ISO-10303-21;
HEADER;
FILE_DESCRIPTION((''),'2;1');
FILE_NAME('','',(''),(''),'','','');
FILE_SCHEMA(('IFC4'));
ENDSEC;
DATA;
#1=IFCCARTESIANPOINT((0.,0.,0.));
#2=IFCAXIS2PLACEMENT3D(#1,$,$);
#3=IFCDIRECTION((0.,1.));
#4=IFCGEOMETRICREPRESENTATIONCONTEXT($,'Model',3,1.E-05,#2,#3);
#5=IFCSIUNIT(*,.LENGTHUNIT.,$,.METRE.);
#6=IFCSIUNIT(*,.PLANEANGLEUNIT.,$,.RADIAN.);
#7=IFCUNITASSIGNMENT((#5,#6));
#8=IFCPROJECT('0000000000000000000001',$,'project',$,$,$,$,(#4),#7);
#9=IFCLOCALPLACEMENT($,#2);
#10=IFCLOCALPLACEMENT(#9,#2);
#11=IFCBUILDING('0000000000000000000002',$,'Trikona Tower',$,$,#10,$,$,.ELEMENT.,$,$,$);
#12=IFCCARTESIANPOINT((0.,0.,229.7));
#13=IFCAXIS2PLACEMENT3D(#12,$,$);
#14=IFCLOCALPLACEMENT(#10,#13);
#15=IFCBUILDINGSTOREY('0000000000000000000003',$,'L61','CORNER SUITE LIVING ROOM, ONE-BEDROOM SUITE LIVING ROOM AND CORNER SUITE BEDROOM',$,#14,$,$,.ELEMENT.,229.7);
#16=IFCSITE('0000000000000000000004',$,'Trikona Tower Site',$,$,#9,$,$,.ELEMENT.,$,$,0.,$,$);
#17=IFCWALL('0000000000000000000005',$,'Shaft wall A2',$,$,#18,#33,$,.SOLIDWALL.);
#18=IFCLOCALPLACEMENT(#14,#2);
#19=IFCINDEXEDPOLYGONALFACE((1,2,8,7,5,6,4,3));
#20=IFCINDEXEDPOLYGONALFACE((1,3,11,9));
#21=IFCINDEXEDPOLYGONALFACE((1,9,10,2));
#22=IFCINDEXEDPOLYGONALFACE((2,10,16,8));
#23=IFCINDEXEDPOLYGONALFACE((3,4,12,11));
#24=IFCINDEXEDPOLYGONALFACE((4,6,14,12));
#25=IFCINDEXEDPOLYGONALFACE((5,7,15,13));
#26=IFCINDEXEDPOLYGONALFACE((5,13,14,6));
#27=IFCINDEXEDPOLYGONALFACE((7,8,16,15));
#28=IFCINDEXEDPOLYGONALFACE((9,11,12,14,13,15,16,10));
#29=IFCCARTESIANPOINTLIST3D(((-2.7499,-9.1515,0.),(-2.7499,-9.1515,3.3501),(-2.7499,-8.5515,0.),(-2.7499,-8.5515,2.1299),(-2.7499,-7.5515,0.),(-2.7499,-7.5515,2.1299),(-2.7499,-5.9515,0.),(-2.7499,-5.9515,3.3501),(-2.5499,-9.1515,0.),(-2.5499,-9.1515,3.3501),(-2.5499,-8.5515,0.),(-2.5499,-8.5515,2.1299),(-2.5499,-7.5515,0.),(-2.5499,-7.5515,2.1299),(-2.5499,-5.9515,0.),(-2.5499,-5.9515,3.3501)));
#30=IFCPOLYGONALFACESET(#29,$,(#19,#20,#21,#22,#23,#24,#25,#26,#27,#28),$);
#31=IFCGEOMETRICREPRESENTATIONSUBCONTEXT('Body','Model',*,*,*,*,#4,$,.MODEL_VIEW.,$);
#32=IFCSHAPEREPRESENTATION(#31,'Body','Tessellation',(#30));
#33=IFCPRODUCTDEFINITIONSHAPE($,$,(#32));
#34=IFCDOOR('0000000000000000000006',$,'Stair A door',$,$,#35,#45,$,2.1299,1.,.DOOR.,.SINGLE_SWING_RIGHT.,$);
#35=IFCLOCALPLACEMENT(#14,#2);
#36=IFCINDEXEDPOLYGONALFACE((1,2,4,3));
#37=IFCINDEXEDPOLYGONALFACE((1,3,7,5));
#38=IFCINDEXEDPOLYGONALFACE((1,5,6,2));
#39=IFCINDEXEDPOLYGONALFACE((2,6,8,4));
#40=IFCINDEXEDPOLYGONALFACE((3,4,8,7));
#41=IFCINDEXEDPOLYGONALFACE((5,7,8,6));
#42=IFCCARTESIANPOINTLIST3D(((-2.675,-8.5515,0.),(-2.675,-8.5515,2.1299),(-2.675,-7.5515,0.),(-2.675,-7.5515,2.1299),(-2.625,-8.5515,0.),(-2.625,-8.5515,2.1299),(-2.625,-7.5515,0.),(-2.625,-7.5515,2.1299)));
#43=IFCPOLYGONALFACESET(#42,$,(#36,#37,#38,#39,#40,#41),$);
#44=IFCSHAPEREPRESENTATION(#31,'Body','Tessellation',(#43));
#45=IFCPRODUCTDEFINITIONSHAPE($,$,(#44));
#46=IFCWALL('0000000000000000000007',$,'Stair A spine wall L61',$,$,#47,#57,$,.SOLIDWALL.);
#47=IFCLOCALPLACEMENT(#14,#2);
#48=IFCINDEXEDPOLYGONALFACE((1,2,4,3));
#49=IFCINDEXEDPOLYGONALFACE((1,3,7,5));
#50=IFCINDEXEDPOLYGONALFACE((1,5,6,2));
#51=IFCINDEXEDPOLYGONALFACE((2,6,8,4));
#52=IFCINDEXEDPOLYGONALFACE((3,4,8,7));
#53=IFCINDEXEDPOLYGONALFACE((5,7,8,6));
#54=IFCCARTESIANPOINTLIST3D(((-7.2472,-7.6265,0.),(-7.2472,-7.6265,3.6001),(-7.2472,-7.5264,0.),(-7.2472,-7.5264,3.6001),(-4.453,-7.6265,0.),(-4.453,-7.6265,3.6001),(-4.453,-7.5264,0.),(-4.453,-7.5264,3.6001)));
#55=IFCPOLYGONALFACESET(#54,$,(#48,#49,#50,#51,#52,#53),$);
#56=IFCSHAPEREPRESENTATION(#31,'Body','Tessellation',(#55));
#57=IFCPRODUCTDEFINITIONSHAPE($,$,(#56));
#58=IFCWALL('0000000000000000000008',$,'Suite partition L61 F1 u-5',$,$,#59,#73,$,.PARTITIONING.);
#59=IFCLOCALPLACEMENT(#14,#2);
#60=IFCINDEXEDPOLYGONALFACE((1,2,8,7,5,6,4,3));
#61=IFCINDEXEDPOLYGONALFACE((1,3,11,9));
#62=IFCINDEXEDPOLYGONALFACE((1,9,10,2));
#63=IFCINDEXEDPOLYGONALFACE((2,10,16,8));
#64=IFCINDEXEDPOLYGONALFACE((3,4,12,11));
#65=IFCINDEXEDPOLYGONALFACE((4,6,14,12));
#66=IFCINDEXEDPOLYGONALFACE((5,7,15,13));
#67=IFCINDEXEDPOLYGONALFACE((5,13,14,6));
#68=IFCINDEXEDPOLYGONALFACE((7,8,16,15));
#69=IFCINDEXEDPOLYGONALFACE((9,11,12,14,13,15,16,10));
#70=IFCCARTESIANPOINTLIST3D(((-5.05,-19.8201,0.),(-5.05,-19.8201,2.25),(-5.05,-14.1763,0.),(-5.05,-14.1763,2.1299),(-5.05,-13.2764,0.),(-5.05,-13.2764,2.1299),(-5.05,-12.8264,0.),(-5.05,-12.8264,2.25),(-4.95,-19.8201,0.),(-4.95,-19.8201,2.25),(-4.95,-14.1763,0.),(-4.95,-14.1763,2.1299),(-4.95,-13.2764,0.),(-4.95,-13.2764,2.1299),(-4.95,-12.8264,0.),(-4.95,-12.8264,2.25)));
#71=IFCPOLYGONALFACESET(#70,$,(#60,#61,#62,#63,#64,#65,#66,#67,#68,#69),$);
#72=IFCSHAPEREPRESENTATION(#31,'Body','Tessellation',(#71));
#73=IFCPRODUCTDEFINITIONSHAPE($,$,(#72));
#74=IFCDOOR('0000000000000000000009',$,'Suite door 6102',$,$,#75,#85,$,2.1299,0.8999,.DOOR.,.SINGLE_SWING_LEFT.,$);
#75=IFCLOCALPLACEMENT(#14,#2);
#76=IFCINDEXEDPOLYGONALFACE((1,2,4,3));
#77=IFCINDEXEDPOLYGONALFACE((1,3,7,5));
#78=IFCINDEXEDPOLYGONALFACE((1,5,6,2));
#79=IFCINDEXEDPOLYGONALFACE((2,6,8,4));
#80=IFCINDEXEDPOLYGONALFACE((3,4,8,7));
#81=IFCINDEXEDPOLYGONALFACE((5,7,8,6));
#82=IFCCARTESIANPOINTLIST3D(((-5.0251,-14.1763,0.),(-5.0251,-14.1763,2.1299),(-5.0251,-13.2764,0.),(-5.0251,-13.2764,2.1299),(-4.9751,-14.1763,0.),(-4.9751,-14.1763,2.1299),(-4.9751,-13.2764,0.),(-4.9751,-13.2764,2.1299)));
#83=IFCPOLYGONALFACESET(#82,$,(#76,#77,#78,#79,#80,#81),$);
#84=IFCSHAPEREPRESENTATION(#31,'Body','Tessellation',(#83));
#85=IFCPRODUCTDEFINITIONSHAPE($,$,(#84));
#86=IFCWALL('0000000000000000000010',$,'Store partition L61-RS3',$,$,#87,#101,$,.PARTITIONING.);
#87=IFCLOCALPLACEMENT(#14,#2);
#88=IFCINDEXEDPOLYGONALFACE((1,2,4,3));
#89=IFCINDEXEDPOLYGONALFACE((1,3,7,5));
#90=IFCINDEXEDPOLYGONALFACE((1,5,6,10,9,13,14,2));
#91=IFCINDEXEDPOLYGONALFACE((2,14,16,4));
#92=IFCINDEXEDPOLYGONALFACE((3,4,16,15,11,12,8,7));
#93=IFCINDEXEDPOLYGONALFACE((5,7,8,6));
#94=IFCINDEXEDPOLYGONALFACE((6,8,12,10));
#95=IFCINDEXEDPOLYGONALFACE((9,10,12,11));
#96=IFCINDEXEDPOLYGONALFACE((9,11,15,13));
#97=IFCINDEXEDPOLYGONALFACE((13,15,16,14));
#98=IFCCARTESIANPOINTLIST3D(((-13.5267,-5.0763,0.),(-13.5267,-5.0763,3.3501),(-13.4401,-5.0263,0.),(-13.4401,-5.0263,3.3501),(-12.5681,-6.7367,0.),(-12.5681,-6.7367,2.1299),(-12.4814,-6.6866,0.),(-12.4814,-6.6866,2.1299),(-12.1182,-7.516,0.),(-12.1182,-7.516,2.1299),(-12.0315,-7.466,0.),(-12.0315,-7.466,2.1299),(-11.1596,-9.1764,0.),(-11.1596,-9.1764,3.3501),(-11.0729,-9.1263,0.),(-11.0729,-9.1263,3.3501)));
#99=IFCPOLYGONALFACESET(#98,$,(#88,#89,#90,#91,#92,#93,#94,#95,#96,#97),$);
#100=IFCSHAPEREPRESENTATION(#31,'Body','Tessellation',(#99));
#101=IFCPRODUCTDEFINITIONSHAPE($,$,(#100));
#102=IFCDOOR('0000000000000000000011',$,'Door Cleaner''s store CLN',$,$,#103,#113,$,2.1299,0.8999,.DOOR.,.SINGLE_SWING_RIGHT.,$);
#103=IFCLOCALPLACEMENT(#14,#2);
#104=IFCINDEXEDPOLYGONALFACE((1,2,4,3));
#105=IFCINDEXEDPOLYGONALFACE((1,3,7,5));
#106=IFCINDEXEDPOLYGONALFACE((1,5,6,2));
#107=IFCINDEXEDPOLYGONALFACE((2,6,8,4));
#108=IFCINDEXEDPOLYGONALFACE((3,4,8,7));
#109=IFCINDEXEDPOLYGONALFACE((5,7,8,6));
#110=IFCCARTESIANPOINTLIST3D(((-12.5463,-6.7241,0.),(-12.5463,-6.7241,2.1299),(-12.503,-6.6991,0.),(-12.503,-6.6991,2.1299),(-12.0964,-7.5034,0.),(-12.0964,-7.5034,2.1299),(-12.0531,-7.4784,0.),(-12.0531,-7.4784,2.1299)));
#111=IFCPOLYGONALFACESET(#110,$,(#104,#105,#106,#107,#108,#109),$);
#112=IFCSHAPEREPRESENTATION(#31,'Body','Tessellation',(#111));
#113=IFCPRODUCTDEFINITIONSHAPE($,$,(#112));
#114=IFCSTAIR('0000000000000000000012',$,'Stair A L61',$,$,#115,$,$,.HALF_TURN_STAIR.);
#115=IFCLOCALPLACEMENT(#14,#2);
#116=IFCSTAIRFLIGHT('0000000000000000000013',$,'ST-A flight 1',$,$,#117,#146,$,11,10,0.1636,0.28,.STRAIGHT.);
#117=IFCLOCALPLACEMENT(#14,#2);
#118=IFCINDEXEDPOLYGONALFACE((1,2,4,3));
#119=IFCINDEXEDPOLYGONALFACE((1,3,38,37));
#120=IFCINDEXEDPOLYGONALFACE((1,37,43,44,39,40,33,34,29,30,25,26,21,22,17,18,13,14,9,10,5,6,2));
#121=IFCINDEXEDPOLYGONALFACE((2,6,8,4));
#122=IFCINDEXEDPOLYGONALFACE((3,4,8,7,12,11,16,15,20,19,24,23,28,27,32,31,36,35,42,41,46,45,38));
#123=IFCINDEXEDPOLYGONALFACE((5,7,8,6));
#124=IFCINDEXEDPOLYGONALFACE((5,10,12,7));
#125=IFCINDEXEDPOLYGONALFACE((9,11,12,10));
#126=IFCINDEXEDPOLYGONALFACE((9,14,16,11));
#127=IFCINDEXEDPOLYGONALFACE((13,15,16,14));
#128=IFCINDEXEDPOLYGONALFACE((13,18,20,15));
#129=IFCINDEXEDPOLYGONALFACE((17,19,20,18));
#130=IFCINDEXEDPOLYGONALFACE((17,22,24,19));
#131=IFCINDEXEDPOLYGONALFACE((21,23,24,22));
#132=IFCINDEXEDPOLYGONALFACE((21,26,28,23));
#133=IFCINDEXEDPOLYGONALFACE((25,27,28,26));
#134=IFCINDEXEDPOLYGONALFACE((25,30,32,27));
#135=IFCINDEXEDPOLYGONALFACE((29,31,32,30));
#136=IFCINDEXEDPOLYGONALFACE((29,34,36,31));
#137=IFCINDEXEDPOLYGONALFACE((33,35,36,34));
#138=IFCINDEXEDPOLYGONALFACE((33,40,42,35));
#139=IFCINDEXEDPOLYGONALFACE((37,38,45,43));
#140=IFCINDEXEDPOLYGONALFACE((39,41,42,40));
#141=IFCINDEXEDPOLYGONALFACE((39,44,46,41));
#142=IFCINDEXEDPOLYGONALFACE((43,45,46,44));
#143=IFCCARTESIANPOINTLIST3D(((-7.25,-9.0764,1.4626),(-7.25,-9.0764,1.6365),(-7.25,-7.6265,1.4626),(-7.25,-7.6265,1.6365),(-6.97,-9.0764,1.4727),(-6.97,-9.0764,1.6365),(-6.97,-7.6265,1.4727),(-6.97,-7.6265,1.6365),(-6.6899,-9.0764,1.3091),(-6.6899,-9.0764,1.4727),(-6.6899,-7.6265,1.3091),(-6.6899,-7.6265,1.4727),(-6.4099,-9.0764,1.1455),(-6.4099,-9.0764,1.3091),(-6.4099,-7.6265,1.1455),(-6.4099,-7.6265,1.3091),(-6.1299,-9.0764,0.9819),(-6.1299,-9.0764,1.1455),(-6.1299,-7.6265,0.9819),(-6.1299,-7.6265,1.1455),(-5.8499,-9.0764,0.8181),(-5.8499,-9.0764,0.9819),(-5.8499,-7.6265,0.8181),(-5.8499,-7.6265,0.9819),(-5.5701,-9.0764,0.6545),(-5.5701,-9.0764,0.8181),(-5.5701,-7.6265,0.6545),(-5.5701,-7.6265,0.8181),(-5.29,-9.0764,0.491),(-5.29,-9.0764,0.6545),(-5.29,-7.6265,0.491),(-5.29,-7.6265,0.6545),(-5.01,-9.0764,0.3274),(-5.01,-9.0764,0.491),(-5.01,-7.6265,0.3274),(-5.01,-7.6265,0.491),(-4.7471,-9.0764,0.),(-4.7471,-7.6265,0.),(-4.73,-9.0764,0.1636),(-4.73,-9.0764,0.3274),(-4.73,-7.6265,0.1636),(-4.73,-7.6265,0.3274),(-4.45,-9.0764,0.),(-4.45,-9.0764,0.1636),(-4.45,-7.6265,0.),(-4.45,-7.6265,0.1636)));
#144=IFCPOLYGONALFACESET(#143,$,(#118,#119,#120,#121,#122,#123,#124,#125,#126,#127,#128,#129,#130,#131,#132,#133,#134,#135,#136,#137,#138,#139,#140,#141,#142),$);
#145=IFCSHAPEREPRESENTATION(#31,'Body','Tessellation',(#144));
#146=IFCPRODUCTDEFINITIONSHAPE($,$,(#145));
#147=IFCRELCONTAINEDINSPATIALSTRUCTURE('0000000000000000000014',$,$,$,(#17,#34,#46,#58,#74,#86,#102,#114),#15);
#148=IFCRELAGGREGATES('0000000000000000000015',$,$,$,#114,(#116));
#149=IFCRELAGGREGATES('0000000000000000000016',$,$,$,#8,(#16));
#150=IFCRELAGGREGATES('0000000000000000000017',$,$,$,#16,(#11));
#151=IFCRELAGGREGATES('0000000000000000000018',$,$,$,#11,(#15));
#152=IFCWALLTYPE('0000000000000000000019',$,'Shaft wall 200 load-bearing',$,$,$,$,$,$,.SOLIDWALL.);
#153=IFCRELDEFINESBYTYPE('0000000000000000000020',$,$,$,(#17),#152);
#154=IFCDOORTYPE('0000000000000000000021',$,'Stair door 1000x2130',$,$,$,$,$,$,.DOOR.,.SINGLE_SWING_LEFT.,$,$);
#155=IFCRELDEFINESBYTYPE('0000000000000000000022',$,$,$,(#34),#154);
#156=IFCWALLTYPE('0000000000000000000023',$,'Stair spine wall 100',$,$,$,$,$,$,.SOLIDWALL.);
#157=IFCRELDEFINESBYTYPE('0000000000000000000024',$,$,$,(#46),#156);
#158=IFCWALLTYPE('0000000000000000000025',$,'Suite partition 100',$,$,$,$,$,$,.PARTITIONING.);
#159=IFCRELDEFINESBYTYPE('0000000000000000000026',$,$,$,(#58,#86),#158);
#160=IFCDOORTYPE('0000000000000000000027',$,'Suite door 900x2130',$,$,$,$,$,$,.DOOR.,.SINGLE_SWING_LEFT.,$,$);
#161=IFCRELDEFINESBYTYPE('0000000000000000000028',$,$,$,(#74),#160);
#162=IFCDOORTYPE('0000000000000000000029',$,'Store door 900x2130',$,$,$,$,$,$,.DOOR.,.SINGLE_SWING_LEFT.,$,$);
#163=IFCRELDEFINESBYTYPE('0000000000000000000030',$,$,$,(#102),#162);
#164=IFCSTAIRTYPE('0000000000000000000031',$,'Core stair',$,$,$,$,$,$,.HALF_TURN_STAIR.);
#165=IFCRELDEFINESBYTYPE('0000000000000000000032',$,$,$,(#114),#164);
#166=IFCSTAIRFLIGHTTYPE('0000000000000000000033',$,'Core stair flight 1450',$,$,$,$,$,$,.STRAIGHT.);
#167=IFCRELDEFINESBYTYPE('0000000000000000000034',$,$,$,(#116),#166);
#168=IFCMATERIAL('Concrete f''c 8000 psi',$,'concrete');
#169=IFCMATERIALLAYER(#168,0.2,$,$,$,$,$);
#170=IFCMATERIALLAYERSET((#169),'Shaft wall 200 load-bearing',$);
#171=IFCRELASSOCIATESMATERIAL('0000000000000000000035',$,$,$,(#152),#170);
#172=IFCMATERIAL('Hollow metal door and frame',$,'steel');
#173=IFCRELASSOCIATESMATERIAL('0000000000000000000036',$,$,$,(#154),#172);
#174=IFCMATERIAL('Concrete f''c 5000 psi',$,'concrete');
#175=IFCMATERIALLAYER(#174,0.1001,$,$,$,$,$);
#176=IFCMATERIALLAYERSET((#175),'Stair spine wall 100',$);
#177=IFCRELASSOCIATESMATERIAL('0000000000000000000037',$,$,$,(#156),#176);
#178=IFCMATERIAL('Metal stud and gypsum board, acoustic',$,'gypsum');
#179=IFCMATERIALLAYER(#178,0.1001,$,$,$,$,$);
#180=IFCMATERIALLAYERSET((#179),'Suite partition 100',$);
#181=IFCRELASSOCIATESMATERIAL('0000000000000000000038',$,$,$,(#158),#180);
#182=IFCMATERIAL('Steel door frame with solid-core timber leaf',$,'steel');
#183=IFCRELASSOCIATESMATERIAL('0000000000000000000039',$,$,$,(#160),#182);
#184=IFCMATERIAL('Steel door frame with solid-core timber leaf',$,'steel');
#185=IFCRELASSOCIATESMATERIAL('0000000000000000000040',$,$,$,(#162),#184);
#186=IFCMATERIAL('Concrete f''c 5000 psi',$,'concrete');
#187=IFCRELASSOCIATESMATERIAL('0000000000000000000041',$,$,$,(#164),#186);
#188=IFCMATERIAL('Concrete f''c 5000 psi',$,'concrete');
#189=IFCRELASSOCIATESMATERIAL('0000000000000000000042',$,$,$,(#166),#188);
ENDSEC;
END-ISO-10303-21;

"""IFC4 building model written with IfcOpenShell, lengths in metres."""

from ifc_helpers import new_model, si_unit, direction, frame, frame_2d, origin, place, context, subcontext, project, spatial, polyline, rectangle, outline, extrude, material, layer, layer_set, type_object, element, fill, aggregate, save


model = new_model("IFC4")

# Units and contexts
model_context = context("Model", 3, precision=1e-05, world=origin(), true_north=direction((0.0, 1.0)))
body_context = subcontext(model_context, "Body", "Model", "MODEL_VIEW")
ifc_project = project(units=[si_unit("LENGTHUNIT", "METRE"), si_unit("PLANEANGLEUNIT", "RADIAN")], contexts=[model_context])

# Site, building, storey
site_placement = place(None, origin())
site = spatial("IfcSite", under=ifc_project, at=site_placement, Name="Trikona Tower Site", CompositionType="ELEMENT", RefElevation=0.0)
building_placement = place(site_placement, origin())
building = spatial("IfcBuilding", under=site, at=building_placement, Name="Trikona Tower", CompositionType="ELEMENT")
storey_placement = place(building_placement, frame((0.0, 0.0, 229.7)))
storey = spatial("IfcBuildingStorey", under=building, at=storey_placement, Name="L61", Description="CORNER SUITE LIVING ROOM, ONE-BEDROOM SUITE LIVING ROOM AND CORNER SUITE BEDROOM", CompositionType="ELEMENT", Elevation=229.7)

# Shared definitions
ifc_material_1 = material(Name="Concrete f'c 8000 psi", Category="concrete")
ifc_layer_1 = layer(ifc_material_1, 0.2)
ifc_layer_set_1 = layer_set([ifc_layer_1], Name="Shaft wall 200 load-bearing")
wall_type_1 = type_object("IfcWallType", Name="Shaft wall 200 load-bearing", PredefinedType="SOLIDWALL", material=ifc_layer_set_1)

# Wall, opening, door
wall_1_placement = place(storey_placement, frame((-2.6499, -5.9514, 0.0), z_axis=(0.0, 0.0, 1.0), x_axis=(0.0, -1.0, 0.0)))
wall_1 = element("IfcWall", 1, at=wall_1_placement, inside=storey, type_object=wall_type_1, Name="Shaft wall A2", PredefinedType="SOLIDWALL", context=body_context, shape_type="SweptSolid", body=[
    extrude(rectangle(XDim=3.2, YDim=0.2, at=frame_2d((1.6001, 0.0))), origin(), (0.0, 0.0, 1.0), 3.3501),
])
opening_1_placement = place(wall_1_placement, frame((1.6001, 0.0, 0.0)))
opening_1 = element("IfcOpeningElement", 2, at=opening_1_placement, cuts=wall_1, PredefinedType="OPENING", context=body_context, shape_type="SweptSolid", body=[
    extrude(rectangle(XDim=1.0, YDim=2.1299, at=frame_2d((0.5, 1.0649))), frame((0.0, 0.1099, 0.0), z_axis=(0.0, -1.0, 0.0), x_axis=(1.0, 0.0, 0.0)), (0.0, 0.0, 1.0), 0.22),
])
ifc_material_2 = material(Name="Hollow metal door and frame", Category="steel")
door_type_1 = type_object("IfcDoorType", Name="Stair door 1000x2130", OperationType="SINGLE_SWING_LEFT", PredefinedType="DOOR", material=ifc_material_2)
door_1_placement = place(opening_1_placement, origin())
door_1 = element("IfcDoor", 3, at=door_1_placement, inside=storey, type_object=door_type_1, Name="Stair A door", OperationType="SINGLE_SWING_RIGHT", OverallHeight=2.1299, OverallWidth=1.0, PredefinedType="DOOR", context=body_context, shape_type="SweptSolid", body=[
    extrude(rectangle(XDim=1.0, YDim=2.1299, at=frame_2d((0.5, 1.0649))), frame((0.0, 0.0249, 0.0), z_axis=(0.0, -1.0, 0.0), x_axis=(1.0, 0.0, 0.0)), (0.0, 0.0, 1.0), 0.05),
])
fill(opening_1, door_1)

# Wall
ifc_material_3 = material(Name="Concrete f'c 5000 psi", Category="concrete")
ifc_layer_2 = layer(ifc_material_3, 0.1001)
ifc_layer_set_2 = layer_set([ifc_layer_2], Name="Stair spine wall 100")
wall_type_2 = type_object("IfcWallType", Name="Stair spine wall 100", PredefinedType="SOLIDWALL", material=ifc_layer_set_2)
wall_2_placement = place(storey_placement, frame((-7.2471, -7.5764, 0.0), z_axis=(0.0, 0.0, 1.0), x_axis=(1.0, 0.0, 0.0)))
element("IfcWall", 4, at=wall_2_placement, inside=storey, type_object=wall_type_2, Name="Stair A spine wall L61", PredefinedType="SOLIDWALL", context=body_context, shape_type="SweptSolid", body=[
    extrude(rectangle(XDim=2.7942, YDim=0.1001, at=frame_2d((1.397, 0.0))), origin(), (0.0, 0.0, 1.0), 3.6001),
])

# Walls, openings, doors
ifc_material_4 = material(Name="Metal stud and gypsum board, acoustic", Category="gypsum")
ifc_layer_3 = layer(ifc_material_4, 0.1001)
ifc_layer_set_3 = layer_set([ifc_layer_3], Name="Suite partition 100")
wall_type_3 = type_object("IfcWallType", Name="Suite partition 100", PredefinedType="PARTITIONING", material=ifc_layer_set_3)
wall_3_placement = place(storey_placement, frame((-5.0, -12.8264, 0.0), z_axis=(0.0, 0.0, 1.0), x_axis=(0.0, -1.0, 0.0)))
wall_3 = element("IfcWall", 5, at=wall_3_placement, inside=storey, type_object=wall_type_3, Name="Suite partition L61 F1 u-5", PredefinedType="PARTITIONING", context=body_context, shape_type="SweptSolid", body=[
    extrude(rectangle(XDim=6.9937, YDim=0.1001, at=frame_2d((3.4968, 0.0))), origin(), (0.0, 0.0, 1.0), 2.25),
])
opening_2_placement = place(wall_3_placement, frame((0.45, 0.0, 0.0)))
opening_2 = element("IfcOpeningElement", 6, at=opening_2_placement, cuts=wall_3, PredefinedType="OPENING", context=body_context, shape_type="SweptSolid", body=[
    extrude(rectangle(XDim=0.8999, YDim=2.1299, at=frame_2d((0.45, 1.0649))), frame((0.0, 0.0601, 0.0), z_axis=(0.0, -1.0, 0.0), x_axis=(1.0, 0.0, 0.0)), (0.0, 0.0, 1.0), 0.1201),
])
ifc_material_5 = material(Name="Steel door frame with solid-core timber leaf", Category="steel")
door_type_2 = type_object("IfcDoorType", Name="Suite door 900x2130", OperationType="SINGLE_SWING_LEFT", PredefinedType="DOOR", material=ifc_material_5)
door_2_placement = place(opening_2_placement, origin())
door_2 = element("IfcDoor", 7, at=door_2_placement, inside=storey, type_object=door_type_2, Name="Suite door 6102", OperationType="SINGLE_SWING_LEFT", OverallHeight=2.1299, OverallWidth=0.8999, PredefinedType="DOOR", context=body_context, shape_type="SweptSolid", body=[
    extrude(rectangle(XDim=0.8999, YDim=2.1299, at=frame_2d((0.45, 1.0649))), frame((0.0, 0.0249, 0.0), z_axis=(0.0, -1.0, 0.0), x_axis=(1.0, 0.0, 0.0)), (0.0, 0.0, 1.0), 0.05),
])
fill(opening_2, door_2)
wall_4_placement = place(storey_placement, frame((-11.1162, -9.1514, 0.0), z_axis=(0.0, 0.0, 1.0), x_axis=(-0.499999, 0.866026, 0.0)))
wall_4 = element("IfcWall", 8, at=wall_4_placement, inside=storey, type_object=wall_type_3, Name="Store partition L61-RS3", PredefinedType="PARTITIONING", context=body_context, shape_type="SweptSolid", body=[
    extrude(rectangle(XDim=4.7344, YDim=0.1001, at=frame_2d((2.3672, 0.0))), origin(), (0.0, 0.0, 1.0), 3.3501),
])
opening_3_placement = place(wall_4_placement, frame((1.9172, 0.0, 0.0)))
opening_3 = element("IfcOpeningElement", 9, at=opening_3_placement, cuts=wall_4, PredefinedType="OPENING", context=body_context, shape_type="SweptSolid", body=[
    extrude(rectangle(XDim=0.8999, YDim=2.1299, at=frame_2d((0.45, 1.0649))), frame((0.0, 0.0601, 0.0), z_axis=(0.0, -1.0, 0.0), x_axis=(1.0, 0.0, 0.0)), (0.0, 0.0, 1.0), 0.1201),
])
ifc_material_6 = material(Name="Steel door frame with solid-core timber leaf", Category="steel")
door_type_3 = type_object("IfcDoorType", Name="Store door 900x2130", OperationType="SINGLE_SWING_LEFT", PredefinedType="DOOR", material=ifc_material_6)
door_3_placement = place(opening_3_placement, origin())
door_3 = element("IfcDoor", 10, at=door_3_placement, inside=storey, type_object=door_type_3, Name="Door Cleaner's store CLN", OperationType="SINGLE_SWING_RIGHT", OverallHeight=2.1299, OverallWidth=0.8999, PredefinedType="DOOR", context=body_context, shape_type="SweptSolid", body=[
    extrude(rectangle(XDim=0.8999, YDim=2.1299, at=frame_2d((0.45, 1.0649))), frame((0.0, 0.0249, 0.0), z_axis=(0.0, -1.0, 0.0), x_axis=(1.0, 0.0, 0.0)), (0.0, 0.0, 1.0), 0.05),
])
fill(opening_3, door_3)

# Stair, stair flight
ifc_material_7 = material(Name="Concrete f'c 5000 psi", Category="concrete")
stair_type = type_object("IfcStairType", Name="Core stair", PredefinedType="HALF_TURN_STAIR", material=ifc_material_7)
stair_placement = place(storey_placement, origin())
stair = element("IfcStair", 11, at=stair_placement, inside=storey, type_object=stair_type, Name="Stair A L61", PredefinedType="HALF_TURN_STAIR")
ifc_material_8 = material(Name="Concrete f'c 5000 psi", Category="concrete")
stair_flight_type = type_object("IfcStairFlightType", Name="Core stair flight 1450", PredefinedType="STRAIGHT", material=ifc_material_8)
stair_flight_1_placement = place(storey_placement, frame((-4.45, -8.3513, 0.0), z_axis=(0.0, 0.0, 1.0), x_axis=(-1.0, 0.0, 0.0)))
stair_flight_1 = element("IfcStairFlight", 12, at=stair_flight_1_placement, type_object=stair_flight_type, Name="ST-A flight 1", NumberOfRisers=11, NumberOfTreads=10, PredefinedType="STRAIGHT", RiserHeight=0.1636, TreadLength=0.28, context=body_context, shape_type="SweptSolid", body=[
    extrude(outline(polyline([(0.0, 0.0), (0.0, 0.1636), (0.28, 0.1636), (0.28, 0.3274), (0.5601, 0.3274), (0.5601, 0.491), (0.8401, 0.491), (0.8401, 0.6545), (1.1201, 0.6545), (1.1201, 0.8181), (1.3999, 0.8181), (1.3999, 0.9819), (1.6799, 0.9819), (1.6799, 1.1455), (1.96, 1.1455), (1.96, 1.3091), (2.24, 1.3091), (2.24, 1.4727), (2.52, 1.4727), (2.52, 1.6365), (2.8, 1.6365), (2.8, 1.8), (2.8, 1.4626), (0.2971, 0.0), (0.0, 0.0)])), frame((0.0, 0.7251, 0.0), z_axis=(0.0, -1.0, 0.0), x_axis=(1.0, 0.0, 0.0)), (0.0, 0.0, 1.0), 1.45),
])
aggregate(stair, [stair_flight_1])

save(model, "model.ifc")
